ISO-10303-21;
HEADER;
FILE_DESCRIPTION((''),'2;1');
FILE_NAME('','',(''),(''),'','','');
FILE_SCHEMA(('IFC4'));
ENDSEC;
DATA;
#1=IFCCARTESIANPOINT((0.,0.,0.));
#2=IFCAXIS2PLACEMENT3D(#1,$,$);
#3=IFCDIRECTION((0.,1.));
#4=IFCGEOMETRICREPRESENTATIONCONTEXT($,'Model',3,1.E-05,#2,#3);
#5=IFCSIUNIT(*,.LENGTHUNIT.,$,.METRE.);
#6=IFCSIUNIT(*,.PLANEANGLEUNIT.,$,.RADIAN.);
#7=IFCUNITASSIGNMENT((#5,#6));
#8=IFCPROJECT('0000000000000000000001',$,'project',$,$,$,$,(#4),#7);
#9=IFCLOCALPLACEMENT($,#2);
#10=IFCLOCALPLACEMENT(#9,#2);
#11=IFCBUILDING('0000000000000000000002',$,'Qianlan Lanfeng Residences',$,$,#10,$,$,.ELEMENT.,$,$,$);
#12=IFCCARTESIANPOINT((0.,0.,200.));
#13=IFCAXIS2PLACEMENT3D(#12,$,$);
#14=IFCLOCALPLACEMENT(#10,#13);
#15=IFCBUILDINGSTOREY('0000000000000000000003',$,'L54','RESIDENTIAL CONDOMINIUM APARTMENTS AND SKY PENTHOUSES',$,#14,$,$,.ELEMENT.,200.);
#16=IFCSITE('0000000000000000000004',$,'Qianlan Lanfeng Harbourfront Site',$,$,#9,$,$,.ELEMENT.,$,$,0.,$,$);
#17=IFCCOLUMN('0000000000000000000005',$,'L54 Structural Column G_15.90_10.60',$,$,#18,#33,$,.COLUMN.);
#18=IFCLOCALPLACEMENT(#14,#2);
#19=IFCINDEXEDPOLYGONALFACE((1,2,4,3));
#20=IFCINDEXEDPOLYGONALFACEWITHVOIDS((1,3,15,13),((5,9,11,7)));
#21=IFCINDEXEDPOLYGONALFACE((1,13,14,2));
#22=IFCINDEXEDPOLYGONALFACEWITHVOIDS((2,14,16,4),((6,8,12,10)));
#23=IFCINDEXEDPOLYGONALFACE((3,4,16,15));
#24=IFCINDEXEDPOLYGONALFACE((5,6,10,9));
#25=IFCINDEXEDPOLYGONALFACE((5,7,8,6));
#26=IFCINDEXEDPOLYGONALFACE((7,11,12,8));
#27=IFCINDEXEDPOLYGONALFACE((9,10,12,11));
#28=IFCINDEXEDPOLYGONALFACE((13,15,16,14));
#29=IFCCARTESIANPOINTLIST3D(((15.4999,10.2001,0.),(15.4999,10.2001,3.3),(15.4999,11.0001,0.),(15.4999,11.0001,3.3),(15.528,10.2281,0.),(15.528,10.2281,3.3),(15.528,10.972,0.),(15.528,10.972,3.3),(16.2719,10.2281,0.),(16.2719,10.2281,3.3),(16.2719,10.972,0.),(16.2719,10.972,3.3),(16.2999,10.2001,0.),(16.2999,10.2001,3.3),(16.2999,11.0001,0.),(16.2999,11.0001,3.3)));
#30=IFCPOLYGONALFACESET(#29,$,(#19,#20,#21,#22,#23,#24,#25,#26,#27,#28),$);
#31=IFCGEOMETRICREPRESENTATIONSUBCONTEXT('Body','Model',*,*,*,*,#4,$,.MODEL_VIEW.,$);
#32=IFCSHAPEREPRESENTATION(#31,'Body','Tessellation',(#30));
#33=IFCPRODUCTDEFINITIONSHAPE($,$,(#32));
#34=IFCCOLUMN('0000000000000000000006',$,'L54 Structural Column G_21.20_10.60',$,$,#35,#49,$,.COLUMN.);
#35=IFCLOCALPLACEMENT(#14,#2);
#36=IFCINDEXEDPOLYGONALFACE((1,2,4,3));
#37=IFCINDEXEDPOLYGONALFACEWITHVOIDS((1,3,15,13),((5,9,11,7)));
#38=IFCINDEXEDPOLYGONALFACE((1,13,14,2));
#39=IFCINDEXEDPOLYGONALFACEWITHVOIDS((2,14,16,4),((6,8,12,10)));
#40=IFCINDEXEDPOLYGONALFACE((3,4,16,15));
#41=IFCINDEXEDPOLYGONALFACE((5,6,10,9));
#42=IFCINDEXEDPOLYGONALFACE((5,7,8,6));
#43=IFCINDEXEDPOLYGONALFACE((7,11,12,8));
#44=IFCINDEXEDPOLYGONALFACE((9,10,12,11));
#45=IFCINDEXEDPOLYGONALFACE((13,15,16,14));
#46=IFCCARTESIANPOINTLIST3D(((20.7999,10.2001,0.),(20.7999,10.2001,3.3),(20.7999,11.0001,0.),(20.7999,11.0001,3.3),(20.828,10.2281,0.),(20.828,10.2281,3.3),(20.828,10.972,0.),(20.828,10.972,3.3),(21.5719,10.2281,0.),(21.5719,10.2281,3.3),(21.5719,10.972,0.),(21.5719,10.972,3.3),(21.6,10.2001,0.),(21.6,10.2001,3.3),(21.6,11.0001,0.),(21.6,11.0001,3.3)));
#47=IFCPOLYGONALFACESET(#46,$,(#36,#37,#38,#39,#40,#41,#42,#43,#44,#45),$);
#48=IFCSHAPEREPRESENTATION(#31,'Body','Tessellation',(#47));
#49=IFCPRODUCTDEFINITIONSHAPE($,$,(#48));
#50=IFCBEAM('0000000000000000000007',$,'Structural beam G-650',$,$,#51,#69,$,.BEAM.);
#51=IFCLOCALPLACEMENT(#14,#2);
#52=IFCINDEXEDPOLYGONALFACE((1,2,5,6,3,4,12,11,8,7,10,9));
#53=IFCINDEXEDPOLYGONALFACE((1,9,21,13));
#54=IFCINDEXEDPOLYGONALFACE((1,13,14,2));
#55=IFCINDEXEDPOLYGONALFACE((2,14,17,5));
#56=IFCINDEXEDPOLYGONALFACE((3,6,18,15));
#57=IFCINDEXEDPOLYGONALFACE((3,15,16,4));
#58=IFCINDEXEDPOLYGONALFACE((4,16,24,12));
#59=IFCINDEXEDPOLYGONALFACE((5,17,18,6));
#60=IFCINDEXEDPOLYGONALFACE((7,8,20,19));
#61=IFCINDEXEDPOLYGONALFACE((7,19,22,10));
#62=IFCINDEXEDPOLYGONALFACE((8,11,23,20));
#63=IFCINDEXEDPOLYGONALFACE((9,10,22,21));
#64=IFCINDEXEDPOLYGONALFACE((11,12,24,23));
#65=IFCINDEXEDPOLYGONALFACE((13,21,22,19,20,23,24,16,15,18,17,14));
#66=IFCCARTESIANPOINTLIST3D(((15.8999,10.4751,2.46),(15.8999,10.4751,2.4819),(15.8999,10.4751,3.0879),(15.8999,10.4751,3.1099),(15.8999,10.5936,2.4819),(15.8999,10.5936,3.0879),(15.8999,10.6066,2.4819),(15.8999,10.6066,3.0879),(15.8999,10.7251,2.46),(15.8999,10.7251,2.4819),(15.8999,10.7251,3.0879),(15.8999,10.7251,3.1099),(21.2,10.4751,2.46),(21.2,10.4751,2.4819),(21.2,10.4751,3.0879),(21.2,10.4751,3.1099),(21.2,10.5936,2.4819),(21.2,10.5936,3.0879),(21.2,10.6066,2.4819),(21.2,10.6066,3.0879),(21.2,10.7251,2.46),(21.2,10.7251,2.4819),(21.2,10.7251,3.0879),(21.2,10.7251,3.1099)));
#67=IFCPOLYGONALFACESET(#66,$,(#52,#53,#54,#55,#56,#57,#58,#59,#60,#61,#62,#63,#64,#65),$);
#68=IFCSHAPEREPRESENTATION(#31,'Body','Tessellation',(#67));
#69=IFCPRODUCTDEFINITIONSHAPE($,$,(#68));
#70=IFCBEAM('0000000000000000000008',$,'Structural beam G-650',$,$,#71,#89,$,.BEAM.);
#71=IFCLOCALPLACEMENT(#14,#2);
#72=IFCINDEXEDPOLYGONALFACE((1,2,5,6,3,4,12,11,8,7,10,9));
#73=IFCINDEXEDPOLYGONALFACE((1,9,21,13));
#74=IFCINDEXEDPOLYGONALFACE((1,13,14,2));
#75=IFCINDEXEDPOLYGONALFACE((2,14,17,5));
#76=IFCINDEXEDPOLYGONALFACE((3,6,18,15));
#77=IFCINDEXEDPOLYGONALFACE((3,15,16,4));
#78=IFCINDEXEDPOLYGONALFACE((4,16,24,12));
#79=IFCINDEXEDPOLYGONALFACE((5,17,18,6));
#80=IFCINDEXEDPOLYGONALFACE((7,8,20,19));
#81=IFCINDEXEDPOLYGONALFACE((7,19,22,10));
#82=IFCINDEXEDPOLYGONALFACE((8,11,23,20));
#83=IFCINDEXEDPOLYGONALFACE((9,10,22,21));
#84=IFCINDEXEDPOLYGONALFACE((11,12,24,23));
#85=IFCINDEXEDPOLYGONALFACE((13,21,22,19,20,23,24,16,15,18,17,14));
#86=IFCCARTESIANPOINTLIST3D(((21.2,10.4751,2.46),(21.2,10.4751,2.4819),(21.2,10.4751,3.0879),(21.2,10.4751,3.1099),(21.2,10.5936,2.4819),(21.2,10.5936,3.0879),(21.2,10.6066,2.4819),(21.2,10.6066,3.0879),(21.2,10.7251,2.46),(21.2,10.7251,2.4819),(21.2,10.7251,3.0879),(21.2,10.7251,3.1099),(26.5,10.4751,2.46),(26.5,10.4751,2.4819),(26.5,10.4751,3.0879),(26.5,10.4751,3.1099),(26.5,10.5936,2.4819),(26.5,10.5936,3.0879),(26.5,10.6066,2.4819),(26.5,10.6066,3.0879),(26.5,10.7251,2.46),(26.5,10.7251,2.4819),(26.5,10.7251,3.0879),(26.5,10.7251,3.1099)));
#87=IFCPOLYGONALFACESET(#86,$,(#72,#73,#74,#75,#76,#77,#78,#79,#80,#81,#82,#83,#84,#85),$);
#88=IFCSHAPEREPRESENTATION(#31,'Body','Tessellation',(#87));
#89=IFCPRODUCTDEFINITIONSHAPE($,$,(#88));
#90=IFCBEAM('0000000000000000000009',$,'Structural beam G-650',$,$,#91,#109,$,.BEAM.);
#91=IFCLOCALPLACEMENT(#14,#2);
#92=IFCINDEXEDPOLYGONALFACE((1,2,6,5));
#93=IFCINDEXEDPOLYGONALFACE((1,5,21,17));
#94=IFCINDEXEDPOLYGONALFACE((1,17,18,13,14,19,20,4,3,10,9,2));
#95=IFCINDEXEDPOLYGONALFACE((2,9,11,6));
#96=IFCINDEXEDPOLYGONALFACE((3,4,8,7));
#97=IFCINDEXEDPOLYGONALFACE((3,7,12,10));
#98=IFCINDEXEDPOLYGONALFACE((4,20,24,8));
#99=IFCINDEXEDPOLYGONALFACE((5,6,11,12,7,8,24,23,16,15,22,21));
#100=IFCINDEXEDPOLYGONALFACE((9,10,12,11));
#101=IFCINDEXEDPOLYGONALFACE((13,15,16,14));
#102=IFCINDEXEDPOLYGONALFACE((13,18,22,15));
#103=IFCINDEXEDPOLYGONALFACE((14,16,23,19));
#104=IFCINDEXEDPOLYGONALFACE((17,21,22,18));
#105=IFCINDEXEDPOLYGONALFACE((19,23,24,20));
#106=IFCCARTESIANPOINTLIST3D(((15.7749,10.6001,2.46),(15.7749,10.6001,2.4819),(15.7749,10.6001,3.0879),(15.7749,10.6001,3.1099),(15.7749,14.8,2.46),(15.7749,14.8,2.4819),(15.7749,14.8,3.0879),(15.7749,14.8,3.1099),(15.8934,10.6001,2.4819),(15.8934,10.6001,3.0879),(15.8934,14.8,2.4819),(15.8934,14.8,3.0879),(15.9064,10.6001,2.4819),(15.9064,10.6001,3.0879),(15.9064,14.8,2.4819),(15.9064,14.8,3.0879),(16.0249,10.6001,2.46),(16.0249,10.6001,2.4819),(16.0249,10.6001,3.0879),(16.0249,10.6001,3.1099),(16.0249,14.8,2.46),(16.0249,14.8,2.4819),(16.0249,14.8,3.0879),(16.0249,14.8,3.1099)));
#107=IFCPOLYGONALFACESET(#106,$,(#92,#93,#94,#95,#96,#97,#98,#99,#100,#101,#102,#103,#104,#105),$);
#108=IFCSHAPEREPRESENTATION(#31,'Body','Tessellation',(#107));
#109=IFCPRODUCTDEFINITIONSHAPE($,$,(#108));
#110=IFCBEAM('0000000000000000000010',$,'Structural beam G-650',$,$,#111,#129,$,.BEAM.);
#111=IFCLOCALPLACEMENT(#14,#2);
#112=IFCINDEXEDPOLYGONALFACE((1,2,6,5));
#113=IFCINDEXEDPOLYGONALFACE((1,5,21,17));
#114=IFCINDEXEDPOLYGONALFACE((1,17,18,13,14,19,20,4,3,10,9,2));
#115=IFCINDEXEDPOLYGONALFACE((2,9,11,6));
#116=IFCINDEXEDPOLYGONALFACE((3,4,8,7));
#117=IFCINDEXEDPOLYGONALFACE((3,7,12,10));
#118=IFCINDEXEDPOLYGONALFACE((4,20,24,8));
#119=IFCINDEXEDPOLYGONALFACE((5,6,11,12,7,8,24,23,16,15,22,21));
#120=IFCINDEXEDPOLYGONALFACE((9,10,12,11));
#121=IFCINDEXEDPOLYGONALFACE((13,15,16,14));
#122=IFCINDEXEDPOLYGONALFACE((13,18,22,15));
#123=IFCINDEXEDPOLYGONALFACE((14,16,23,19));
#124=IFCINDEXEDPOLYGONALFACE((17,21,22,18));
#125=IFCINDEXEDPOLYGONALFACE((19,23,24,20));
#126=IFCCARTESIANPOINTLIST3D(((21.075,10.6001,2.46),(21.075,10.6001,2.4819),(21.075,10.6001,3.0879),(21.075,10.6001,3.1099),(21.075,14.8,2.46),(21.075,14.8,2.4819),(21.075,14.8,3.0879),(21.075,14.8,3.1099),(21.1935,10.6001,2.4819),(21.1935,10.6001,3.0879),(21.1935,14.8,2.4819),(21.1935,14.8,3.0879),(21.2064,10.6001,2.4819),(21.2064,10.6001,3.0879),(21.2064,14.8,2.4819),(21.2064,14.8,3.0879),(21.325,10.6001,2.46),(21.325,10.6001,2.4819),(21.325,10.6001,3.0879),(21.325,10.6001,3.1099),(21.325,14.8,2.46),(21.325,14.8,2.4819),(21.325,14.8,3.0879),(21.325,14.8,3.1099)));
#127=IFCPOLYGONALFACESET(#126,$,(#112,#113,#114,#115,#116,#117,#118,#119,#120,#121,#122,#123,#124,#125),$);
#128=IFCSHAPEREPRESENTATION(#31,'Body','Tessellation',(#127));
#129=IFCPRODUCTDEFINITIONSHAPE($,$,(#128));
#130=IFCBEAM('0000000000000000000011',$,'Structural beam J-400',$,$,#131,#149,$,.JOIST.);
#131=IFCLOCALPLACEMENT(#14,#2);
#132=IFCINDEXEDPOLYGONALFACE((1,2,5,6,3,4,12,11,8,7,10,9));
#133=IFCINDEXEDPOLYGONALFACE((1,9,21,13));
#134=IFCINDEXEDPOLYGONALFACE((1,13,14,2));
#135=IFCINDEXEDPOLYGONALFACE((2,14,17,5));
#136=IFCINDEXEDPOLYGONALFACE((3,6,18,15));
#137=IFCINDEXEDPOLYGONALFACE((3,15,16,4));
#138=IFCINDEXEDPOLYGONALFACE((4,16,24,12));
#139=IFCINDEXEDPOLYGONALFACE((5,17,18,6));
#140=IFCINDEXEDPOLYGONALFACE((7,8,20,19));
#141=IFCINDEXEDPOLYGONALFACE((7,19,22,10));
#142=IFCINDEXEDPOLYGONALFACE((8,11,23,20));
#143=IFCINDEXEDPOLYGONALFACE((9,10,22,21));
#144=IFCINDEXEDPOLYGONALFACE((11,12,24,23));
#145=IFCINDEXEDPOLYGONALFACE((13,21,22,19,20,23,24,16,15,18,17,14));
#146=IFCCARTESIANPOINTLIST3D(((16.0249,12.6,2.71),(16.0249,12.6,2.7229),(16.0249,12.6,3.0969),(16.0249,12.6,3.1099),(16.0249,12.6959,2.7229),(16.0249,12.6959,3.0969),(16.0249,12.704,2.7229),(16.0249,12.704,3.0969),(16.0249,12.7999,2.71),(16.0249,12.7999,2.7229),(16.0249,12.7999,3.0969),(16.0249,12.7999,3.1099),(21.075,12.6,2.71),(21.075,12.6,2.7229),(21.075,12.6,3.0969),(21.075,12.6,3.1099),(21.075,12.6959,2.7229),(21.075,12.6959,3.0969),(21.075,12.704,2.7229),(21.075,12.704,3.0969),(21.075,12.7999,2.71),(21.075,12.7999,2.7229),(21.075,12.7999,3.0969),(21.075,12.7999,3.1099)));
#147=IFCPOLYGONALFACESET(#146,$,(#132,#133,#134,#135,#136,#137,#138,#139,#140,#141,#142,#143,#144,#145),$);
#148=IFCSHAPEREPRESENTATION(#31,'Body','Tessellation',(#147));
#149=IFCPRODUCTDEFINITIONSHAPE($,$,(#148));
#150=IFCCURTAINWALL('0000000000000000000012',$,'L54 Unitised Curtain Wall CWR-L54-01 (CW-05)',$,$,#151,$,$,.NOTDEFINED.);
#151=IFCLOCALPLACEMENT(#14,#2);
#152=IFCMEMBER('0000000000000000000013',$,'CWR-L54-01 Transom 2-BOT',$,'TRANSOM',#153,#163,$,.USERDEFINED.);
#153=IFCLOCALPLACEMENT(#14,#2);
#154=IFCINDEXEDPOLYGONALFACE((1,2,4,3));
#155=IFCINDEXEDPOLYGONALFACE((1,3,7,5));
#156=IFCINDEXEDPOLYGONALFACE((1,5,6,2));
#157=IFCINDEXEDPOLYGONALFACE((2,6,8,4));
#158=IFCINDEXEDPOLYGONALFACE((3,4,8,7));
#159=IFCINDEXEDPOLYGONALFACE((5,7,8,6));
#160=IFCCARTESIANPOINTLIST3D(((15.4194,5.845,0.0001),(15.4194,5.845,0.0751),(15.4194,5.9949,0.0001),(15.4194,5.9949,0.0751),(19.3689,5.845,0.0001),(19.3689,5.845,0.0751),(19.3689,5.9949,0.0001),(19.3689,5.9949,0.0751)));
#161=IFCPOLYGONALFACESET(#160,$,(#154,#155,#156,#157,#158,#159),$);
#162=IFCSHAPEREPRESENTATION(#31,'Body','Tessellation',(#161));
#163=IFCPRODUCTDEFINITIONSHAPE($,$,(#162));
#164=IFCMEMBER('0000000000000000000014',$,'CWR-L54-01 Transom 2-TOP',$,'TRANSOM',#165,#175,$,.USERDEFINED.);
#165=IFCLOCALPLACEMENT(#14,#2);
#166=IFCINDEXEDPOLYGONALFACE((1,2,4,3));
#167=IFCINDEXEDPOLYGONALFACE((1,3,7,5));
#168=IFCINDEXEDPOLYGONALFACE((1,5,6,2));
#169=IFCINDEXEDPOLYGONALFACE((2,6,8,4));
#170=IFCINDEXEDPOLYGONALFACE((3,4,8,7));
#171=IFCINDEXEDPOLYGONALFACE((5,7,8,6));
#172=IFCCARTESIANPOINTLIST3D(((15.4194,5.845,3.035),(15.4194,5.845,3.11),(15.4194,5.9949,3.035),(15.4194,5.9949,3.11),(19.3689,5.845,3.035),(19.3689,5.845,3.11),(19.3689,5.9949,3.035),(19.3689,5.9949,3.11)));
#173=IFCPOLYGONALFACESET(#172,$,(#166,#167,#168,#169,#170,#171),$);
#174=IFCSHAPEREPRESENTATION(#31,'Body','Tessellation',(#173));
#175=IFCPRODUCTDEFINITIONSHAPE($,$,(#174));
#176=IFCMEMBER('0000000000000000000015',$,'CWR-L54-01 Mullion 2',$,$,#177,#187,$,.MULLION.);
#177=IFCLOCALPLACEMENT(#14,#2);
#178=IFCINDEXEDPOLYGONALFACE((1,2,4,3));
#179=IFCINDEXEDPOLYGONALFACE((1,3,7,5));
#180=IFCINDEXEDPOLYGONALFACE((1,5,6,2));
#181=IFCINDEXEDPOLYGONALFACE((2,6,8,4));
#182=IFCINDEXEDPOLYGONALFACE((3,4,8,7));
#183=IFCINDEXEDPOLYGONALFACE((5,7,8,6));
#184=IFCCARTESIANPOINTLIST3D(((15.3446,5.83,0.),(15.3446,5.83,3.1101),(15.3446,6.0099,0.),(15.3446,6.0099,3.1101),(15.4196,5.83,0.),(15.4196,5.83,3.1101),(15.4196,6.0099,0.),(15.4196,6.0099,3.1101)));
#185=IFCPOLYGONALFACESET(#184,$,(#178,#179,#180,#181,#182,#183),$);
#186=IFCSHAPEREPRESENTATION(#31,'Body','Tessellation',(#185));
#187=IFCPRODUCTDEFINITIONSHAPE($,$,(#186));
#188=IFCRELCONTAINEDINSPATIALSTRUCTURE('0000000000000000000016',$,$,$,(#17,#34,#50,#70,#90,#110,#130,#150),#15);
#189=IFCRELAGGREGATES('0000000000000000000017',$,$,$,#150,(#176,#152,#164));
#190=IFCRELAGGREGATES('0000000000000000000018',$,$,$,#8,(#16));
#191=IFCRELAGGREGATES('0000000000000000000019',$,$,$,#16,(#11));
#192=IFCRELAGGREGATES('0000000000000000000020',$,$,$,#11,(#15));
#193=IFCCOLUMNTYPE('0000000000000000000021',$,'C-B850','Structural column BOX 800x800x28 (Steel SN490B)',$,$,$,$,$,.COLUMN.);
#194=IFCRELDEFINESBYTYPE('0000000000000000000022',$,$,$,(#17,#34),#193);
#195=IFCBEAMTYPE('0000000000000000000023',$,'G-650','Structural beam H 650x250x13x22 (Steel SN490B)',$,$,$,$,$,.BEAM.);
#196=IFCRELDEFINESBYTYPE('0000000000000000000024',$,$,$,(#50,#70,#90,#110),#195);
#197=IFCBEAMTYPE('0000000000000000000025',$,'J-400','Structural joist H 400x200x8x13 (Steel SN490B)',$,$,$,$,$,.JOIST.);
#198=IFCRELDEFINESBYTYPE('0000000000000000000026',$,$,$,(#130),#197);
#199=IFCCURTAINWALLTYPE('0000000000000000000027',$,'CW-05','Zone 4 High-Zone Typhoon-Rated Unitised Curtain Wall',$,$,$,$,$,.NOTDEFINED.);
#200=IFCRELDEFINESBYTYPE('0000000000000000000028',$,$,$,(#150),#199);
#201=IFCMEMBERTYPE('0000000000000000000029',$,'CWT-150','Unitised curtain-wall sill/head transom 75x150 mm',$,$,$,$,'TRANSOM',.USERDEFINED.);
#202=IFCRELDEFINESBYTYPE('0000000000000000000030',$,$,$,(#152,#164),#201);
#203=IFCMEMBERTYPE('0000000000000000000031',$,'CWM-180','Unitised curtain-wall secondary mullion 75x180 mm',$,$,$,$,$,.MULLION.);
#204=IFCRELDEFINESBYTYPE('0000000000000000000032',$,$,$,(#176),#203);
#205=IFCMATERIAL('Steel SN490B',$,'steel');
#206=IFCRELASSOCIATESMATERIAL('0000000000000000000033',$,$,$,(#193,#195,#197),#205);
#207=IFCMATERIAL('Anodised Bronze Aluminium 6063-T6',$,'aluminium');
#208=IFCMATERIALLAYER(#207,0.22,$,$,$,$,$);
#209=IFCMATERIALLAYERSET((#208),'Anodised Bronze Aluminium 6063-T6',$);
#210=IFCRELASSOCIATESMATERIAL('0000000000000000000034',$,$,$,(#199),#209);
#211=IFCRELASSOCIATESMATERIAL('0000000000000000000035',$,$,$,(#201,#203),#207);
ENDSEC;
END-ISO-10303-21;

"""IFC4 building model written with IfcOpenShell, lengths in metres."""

from ifc_helpers import new_model, si_unit, direction, frame, origin, origin_2d, place, context, subcontext, project, spatial, rectangle, hollow_rectangle, i_section, extrude, source, transform, mapped, material, layer, layer_set, material_profile, profile_set, type_object, element, aggregate, save


model = new_model("IFC4")

# Units and contexts
model_context = context("Model", 3, precision=1e-05, world=origin(), true_north=direction((0.0, 1.0)))
body_context = subcontext(model_context, "Body", "Model", "MODEL_VIEW")
ifc_project = project(units=[si_unit("LENGTHUNIT", "METRE"), si_unit("PLANEANGLEUNIT", "RADIAN")], contexts=[model_context])

# Site, building, storey
site_placement = place(None, origin())
site = spatial("IfcSite", under=ifc_project, at=site_placement, Name="Qianlan Lanfeng Harbourfront Site", CompositionType="ELEMENT", RefElevation=0.0)
building_placement = place(site_placement, origin())
building = spatial("IfcBuilding", under=site, at=building_placement, Name="Qianlan Lanfeng Residences", CompositionType="ELEMENT")
storey_placement = place(building_placement, frame((0.0, 0.0, 200.0)))
storey = spatial("IfcBuildingStorey", under=building, at=storey_placement, Name="L54", Description="RESIDENTIAL CONDOMINIUM APARTMENTS AND SKY PENTHOUSES", CompositionType="ELEMENT", Elevation=200.0)

# Columns
ifc_material_1 = material(Name="Steel SN490B", Category="steel")
ifc_material_profile_1 = material_profile(ifc_material_1, hollow_rectangle(XDim=0.8, YDim=0.8, WallThickness=0.0281, at=origin_2d()), Name="BOX 800x800x28")
ifc_profile_set_1 = profile_set([ifc_material_profile_1], Name="Steel SN490B")
column_type = type_object("IfcColumnType", Name="C-B850", Description="Structural column BOX 800x800x28 (Steel SN490B)", PredefinedType="COLUMN", material=ifc_profile_set_1)
for number, where, z_axis, x_axis, name in (
    (1, (15.8999, 10.6001, 0.0), (0.0, 0.0, 1.0), (1.0, 0.0, 0.0), "L54 Structural Column G_15.90_10.60"),
    (2, (21.2, 10.6001, 0.0), (0.0, 0.0, 1.0), (1.0, 0.0, 0.0), "L54 Structural Column G_21.20_10.60"),
):
    element("IfcColumn", number, at=place(storey_placement, frame(where, z_axis=z_axis, x_axis=x_axis)), inside=storey, type_object=column_type, Name=name, PredefinedType="COLUMN", context=body_context, shape_type="SweptSolid", body=[
        extrude(hollow_rectangle(XDim=0.8, YDim=0.8, WallThickness=0.0281, at=origin_2d()), origin(), (0.0, 0.0, 1.0), 3.3),
    ])

# Beams
ifc_material_profile_2 = material_profile(ifc_material_1, i_section(OverallWidth=0.25, OverallDepth=0.6499, WebThickness=0.0129, FlangeThickness=0.022, at=origin_2d()), Name="H 650x250x13x22")
ifc_profile_set_2 = profile_set([ifc_material_profile_2], Name="Steel SN490B")
beam_type_1 = type_object("IfcBeamType", Name="G-650", Description="Structural beam H 650x250x13x22 (Steel SN490B)", PredefinedType="BEAM", material=ifc_profile_set_2)
for number, where, z_axis, x_axis, name in (
    (3, (15.8999, 10.6001, 2.7849), (1.0, 0.0, 0.0), (0.0, 1.0, 0.0), "Structural beam G-650"),
    (4, (21.2, 10.6001, 2.7849), (1.0, 0.0, 0.0), (0.0, 1.0, 0.0), "Structural beam G-650"),
):
    element("IfcBeam", number, at=place(storey_placement, frame(where, z_axis=z_axis, x_axis=x_axis)), inside=storey, type_object=beam_type_1, Name=name, PredefinedType="BEAM", context=body_context, shape_type="SweptSolid", body=[
        extrude(i_section(OverallWidth=0.25, OverallDepth=0.6499, WebThickness=0.0129, FlangeThickness=0.022, at=origin_2d()), origin(), (0.0, 0.0, 1.0), 5.3),
    ])
for number, where, z_axis, x_axis, name in (
    (5, (15.8999, 10.6001, 2.7849), (0.0, 1.0, 0.0), (-1.0, 0.0, 0.0), "Structural beam G-650"),
    (6, (21.2, 10.6001, 2.7849), (0.0, 1.0, 0.0), (-1.0, 0.0, 0.0), "Structural beam G-650"),
):
    element("IfcBeam", number, at=place(storey_placement, frame(where, z_axis=z_axis, x_axis=x_axis)), inside=storey, type_object=beam_type_1, Name=name, PredefinedType="BEAM", context=body_context, shape_type="SweptSolid", body=[
        extrude(i_section(OverallWidth=0.25, OverallDepth=0.6499, WebThickness=0.0129, FlangeThickness=0.022, at=origin_2d()), origin(), (0.0, 0.0, 1.0), 4.2),
    ])
ifc_material_profile_3 = material_profile(ifc_material_1, i_section(OverallWidth=0.2, OverallDepth=0.3999, WebThickness=0.0081, FlangeThickness=0.0129, at=origin_2d()), Name="H 400x200x8x13")
ifc_profile_set_3 = profile_set([ifc_material_profile_3], Name="Steel SN490B")
beam_type_2 = type_object("IfcBeamType", Name="J-400", Description="Structural joist H 400x200x8x13 (Steel SN490B)", PredefinedType="JOIST", material=ifc_profile_set_3)
beam_placement = place(storey_placement, frame((16.0249, 12.7, 2.9099), z_axis=(1.0, 0.0, 0.0), x_axis=(0.0, 1.0, 0.0)))
element("IfcBeam", 7, at=beam_placement, inside=storey, type_object=beam_type_2, Name="Structural beam J-400", PredefinedType="JOIST", context=body_context, shape_type="SweptSolid", body=[
    extrude(i_section(OverallWidth=0.2, OverallDepth=0.3999, WebThickness=0.0081, FlangeThickness=0.0129, at=origin_2d()), origin(), (0.0, 0.0, 1.0), 5.05),
])

# Curtain wall, members
ifc_material_2 = material(Name="Anodised Bronze Aluminium 6063-T6", Category="aluminium")
ifc_layer_1 = layer(ifc_material_2, 0.22)
ifc_layer_set_1 = layer_set([ifc_layer_1], Name="Anodised Bronze Aluminium 6063-T6")
curtain_wall_type = type_object("IfcCurtainWallType", Name="CW-05", Description="Zone 4 High-Zone Typhoon-Rated Unitised Curtain Wall", PredefinedType="NOTDEFINED", material=ifc_layer_set_1)
curtain_wall_placement = place(storey_placement, origin())
curtain_wall = element("IfcCurtainWall", 8, at=curtain_wall_placement, inside=storey, type_object=curtain_wall_type, Name="L54 Unitised Curtain Wall CWR-L54-01 (CW-05)", PredefinedType="NOTDEFINED")
ifc_material_profile_4 = material_profile(ifc_material_2, rectangle(XDim=0.075, YDim=0.1499, at=origin_2d()), Name="ALU TRANSOM 75x150")
ifc_profile_set_4 = profile_set([ifc_material_profile_4], Name="Anodised Bronze Aluminium 6063-T6")
member_type_1 = type_object("IfcMemberType", Name="CWT-150", Description="Unitised curtain-wall sill/head transom 75x150 mm", ElementType="TRANSOM", PredefinedType="USERDEFINED", material=ifc_profile_set_4)
shared_shape_1 = source(origin(), body_context, "Body", "SweptSolid", [
    extrude(rectangle(XDim=0.075, YDim=0.1499, at=origin_2d()), origin(), (0.0, 0.0, 1.0), 3.9495),
])
member_1_placement = place(storey_placement, frame((15.4194, 5.9199, 0.0376), z_axis=(1.0, 0.0, 0.0), x_axis=(0.0, 0.0, 1.0)))
member_1 = element("IfcMember", 9, at=member_1_placement, type_object=member_type_1, Name="CWR-L54-01 Transom 2-BOT", ObjectType="TRANSOM", PredefinedType="USERDEFINED", context=body_context, shape_type="MappedRepresentation", body=[
    mapped(shared_shape_1, transform((0.0, 0.0, 0.0), scale=1.0)),
])
member_2_placement = place(storey_placement, frame((15.4194, 5.9199, 3.0725), z_axis=(1.0, 0.0, 0.0), x_axis=(0.0, 0.0, 1.0)))
member_2 = element("IfcMember", 10, at=member_2_placement, type_object=member_type_1, Name="CWR-L54-01 Transom 2-TOP", ObjectType="TRANSOM", PredefinedType="USERDEFINED", context=body_context, shape_type="MappedRepresentation", body=[
    mapped(shared_shape_1, transform((0.0, 0.0, 0.0), scale=1.0)),
])
ifc_material_profile_5 = material_profile(ifc_material_2, rectangle(XDim=0.075, YDim=0.1799, at=origin_2d()), Name="ALU MULLION 75x180")
ifc_profile_set_5 = profile_set([ifc_material_profile_5], Name="Anodised Bronze Aluminium 6063-T6")
member_type_2 = type_object("IfcMemberType", Name="CWM-180", Description="Unitised curtain-wall secondary mullion 75x180 mm", PredefinedType="MULLION", material=ifc_profile_set_5)
shared_shape_2 = source(origin(), body_context, "Body", "SweptSolid", [
    extrude(rectangle(XDim=0.075, YDim=0.1799, at=origin_2d()), origin(), (0.0, 0.0, 1.0), 3.1101),
])
member_3_placement = place(storey_placement, frame((15.3821, 5.9199, 0.0), z_axis=(0.0, 0.0, 1.0), x_axis=(1.0, 0.0, 0.0)))
member_3 = element("IfcMember", 11, at=member_3_placement, type_object=member_type_2, Name="CWR-L54-01 Mullion 2", PredefinedType="MULLION", context=body_context, shape_type="MappedRepresentation", body=[
    mapped(shared_shape_2, transform((0.0, 0.0, 0.0), scale=1.0)),
])
aggregate(curtain_wall, [member_3, member_1, member_2])

save(model, "model.ifc")
